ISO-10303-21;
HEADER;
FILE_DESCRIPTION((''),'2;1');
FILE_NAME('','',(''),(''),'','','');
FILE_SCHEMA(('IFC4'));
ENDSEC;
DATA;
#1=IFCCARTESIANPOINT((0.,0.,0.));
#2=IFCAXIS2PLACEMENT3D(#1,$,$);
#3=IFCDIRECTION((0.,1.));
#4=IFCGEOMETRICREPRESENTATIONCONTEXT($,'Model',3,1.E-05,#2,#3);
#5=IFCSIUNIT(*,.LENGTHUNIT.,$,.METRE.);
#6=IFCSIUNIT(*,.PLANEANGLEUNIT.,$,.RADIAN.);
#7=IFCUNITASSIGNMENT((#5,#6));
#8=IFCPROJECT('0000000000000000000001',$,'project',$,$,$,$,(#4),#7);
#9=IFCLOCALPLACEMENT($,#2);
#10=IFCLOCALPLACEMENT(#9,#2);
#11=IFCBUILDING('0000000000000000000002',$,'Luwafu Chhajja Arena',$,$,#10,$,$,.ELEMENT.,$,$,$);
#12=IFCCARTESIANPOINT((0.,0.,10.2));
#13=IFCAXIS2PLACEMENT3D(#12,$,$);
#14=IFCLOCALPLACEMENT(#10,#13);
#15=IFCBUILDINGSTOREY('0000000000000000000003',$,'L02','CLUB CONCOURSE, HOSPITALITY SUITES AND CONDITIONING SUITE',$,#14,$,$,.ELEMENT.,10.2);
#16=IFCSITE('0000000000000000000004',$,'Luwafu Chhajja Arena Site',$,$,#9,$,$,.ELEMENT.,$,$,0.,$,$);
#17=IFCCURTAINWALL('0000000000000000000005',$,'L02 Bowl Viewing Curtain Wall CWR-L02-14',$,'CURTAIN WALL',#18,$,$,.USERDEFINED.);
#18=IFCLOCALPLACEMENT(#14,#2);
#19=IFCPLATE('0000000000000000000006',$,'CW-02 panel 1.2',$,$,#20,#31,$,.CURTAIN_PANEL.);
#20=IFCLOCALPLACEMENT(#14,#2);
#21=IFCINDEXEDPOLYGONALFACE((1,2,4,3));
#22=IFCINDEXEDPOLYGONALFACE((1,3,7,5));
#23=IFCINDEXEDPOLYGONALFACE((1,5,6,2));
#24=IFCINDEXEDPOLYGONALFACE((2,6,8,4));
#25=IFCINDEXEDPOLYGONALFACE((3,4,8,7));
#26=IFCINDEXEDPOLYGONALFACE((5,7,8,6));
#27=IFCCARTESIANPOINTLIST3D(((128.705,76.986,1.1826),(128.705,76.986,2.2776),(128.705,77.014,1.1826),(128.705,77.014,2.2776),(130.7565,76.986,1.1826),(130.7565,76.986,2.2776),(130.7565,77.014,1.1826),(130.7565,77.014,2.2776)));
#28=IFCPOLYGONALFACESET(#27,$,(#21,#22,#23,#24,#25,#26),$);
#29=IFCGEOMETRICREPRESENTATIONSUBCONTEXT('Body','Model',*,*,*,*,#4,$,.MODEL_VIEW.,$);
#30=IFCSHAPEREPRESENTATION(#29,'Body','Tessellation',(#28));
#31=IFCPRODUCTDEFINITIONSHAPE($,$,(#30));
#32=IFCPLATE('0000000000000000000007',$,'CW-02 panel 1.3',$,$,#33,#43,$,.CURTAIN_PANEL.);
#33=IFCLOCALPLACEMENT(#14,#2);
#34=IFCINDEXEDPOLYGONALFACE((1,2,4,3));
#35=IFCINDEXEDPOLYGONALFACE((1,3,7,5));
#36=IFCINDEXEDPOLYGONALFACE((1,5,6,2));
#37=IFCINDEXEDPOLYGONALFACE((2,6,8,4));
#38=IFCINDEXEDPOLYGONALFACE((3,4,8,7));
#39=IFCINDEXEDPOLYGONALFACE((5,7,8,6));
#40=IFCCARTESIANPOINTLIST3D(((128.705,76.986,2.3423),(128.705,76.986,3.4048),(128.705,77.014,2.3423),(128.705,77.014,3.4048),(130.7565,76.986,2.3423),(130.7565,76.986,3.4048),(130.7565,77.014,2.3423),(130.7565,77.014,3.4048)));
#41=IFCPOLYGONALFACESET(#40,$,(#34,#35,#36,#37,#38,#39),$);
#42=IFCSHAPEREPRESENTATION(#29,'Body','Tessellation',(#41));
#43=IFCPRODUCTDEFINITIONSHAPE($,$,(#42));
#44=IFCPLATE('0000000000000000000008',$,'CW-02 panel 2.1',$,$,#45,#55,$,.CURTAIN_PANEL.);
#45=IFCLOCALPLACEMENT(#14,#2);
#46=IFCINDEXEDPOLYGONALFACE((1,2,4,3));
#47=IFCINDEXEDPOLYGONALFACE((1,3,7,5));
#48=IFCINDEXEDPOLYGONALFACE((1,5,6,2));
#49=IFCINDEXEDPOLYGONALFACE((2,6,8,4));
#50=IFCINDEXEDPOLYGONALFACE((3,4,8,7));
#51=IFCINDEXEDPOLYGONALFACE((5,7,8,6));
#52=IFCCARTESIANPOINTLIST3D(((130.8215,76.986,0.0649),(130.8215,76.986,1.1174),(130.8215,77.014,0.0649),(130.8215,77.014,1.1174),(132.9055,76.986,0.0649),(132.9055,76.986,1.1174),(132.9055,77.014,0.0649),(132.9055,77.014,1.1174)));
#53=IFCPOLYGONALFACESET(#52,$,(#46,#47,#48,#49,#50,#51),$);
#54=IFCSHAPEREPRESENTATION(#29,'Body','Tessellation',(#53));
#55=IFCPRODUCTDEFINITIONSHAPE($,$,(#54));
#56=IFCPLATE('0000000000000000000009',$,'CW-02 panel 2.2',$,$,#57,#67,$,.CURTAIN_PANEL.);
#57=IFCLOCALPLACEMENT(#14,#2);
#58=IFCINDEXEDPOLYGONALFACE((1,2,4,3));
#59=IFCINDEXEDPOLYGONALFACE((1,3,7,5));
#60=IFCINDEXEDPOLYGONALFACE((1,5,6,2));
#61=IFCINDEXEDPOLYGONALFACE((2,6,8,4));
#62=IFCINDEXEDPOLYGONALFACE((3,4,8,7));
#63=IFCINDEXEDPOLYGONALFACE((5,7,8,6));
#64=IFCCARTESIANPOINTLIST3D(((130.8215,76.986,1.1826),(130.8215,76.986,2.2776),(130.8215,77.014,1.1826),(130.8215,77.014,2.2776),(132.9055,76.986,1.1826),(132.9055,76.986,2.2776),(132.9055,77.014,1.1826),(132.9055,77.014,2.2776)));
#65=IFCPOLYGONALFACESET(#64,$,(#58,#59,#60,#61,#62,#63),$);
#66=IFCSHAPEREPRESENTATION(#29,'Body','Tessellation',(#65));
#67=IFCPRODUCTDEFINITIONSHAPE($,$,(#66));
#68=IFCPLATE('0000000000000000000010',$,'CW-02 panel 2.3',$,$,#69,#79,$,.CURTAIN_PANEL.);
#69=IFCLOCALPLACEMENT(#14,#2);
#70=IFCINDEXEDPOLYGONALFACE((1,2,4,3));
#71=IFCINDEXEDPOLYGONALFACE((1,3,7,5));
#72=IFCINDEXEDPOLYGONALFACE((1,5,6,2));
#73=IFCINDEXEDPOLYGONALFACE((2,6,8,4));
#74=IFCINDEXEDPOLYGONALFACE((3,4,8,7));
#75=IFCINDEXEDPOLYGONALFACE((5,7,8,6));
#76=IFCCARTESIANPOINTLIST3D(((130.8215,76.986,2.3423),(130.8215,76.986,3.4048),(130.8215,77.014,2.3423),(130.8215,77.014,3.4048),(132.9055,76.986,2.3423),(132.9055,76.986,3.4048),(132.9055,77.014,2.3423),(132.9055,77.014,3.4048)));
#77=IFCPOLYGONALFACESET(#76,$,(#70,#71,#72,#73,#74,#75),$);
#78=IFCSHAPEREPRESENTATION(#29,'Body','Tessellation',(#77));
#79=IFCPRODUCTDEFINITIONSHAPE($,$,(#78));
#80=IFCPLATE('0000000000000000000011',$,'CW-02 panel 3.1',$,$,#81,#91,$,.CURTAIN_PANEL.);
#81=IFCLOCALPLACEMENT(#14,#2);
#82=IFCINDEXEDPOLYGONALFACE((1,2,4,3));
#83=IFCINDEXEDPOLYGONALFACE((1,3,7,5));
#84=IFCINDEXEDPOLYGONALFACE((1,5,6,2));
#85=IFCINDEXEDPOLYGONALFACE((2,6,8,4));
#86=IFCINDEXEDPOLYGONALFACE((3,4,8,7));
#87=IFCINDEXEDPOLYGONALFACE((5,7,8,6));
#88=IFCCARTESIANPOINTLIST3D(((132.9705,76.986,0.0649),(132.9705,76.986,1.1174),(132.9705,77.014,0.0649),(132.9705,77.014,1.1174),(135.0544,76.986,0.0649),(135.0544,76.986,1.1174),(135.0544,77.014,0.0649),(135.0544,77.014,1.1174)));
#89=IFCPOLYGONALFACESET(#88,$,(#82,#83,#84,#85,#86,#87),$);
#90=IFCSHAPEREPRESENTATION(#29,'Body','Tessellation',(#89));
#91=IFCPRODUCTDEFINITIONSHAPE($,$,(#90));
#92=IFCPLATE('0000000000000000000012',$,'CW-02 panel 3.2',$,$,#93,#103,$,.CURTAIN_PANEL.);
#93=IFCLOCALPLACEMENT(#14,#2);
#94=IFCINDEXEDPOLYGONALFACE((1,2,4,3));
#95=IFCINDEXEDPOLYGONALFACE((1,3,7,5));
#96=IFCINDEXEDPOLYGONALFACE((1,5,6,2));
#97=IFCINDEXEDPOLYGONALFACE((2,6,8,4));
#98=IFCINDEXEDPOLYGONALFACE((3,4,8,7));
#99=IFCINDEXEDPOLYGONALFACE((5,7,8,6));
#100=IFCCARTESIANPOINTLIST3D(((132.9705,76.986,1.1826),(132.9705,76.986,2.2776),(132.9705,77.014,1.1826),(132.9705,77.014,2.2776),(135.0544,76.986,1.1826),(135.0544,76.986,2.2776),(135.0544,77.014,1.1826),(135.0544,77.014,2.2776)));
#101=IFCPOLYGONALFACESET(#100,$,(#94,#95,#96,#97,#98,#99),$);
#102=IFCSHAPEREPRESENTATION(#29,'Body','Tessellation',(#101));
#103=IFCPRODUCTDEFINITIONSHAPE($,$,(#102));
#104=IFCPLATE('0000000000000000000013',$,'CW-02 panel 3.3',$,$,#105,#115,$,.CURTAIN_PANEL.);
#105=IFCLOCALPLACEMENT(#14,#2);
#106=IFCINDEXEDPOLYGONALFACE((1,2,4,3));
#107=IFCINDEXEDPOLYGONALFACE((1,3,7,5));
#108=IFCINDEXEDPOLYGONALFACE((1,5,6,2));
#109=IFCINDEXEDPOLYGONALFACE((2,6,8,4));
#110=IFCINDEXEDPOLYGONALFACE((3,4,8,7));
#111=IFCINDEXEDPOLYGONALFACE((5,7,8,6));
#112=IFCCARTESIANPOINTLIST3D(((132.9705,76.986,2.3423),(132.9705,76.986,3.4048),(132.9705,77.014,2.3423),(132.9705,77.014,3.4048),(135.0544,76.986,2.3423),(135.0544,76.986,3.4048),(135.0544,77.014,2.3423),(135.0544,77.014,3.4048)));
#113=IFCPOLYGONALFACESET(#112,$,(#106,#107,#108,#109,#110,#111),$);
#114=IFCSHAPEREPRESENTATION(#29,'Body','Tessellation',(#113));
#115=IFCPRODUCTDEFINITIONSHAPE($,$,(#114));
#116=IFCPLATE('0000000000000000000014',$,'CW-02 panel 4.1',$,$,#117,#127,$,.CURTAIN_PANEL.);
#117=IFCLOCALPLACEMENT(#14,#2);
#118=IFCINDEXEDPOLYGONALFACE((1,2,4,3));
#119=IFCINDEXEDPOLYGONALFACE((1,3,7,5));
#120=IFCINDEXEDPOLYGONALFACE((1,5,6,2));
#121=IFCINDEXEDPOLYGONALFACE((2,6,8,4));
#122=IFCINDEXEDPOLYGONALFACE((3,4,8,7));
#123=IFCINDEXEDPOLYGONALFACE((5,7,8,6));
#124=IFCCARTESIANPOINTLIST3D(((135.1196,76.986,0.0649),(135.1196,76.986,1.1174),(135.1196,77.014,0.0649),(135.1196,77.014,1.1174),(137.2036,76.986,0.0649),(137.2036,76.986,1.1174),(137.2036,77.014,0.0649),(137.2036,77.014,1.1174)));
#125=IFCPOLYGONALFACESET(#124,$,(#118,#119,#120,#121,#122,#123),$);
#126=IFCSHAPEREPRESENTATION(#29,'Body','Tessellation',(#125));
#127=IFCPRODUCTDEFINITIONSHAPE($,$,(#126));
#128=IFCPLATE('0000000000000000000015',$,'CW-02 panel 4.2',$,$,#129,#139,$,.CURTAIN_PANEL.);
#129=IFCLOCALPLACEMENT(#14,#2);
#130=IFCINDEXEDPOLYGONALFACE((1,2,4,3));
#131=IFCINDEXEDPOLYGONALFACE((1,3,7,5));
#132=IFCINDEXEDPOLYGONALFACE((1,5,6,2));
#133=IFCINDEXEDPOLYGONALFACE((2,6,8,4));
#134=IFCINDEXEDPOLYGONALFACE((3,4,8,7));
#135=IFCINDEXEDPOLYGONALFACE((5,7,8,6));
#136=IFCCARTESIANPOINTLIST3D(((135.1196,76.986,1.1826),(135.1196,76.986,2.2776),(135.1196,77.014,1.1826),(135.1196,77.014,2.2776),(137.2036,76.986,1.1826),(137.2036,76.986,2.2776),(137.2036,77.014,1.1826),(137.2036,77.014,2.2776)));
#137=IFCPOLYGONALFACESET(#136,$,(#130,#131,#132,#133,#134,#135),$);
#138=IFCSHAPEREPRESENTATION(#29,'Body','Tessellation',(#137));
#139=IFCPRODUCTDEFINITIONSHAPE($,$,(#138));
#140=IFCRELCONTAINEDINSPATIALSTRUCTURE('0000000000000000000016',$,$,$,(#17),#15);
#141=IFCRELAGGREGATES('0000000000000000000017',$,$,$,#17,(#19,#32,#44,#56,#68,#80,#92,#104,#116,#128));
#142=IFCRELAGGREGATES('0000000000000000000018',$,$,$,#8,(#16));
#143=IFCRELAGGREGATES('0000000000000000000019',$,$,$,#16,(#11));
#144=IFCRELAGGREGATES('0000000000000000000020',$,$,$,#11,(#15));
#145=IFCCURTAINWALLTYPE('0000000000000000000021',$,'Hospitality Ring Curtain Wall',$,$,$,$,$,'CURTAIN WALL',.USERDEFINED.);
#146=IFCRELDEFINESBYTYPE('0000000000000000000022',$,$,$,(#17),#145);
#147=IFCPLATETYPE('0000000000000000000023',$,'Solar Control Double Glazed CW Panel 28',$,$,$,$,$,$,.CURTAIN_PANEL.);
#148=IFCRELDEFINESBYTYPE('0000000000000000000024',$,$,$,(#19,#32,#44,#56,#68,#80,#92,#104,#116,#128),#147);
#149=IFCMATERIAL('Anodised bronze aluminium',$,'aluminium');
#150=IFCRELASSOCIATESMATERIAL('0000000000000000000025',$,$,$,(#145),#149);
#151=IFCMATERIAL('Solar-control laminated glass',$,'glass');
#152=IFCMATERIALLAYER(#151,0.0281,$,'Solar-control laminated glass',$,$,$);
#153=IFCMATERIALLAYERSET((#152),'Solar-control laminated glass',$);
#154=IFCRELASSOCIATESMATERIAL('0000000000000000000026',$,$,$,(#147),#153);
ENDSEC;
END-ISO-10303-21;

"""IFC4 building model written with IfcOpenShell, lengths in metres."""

from ifc_helpers import new_model, si_unit, direction, frame, origin, origin_2d, place, context, subcontext, project, spatial, rectangle, extrude, material, layer, layer_set, type_object, element, aggregate, save


model = new_model("IFC4")

# Units and contexts
model_context = context("Model", 3, precision=1e-05, world=origin(), true_north=direction((0.0, 1.0)))
body_context = subcontext(model_context, "Body", "Model", "MODEL_VIEW")
ifc_project = project(units=[si_unit("LENGTHUNIT", "METRE"), si_unit("PLANEANGLEUNIT", "RADIAN")], contexts=[model_context])

# Site, building, storey
site_placement = place(None, origin())
site = spatial("IfcSite", under=ifc_project, at=site_placement, Name="Luwafu Chhajja Arena Site", CompositionType="ELEMENT", RefElevation=0.0)
building_placement = place(site_placement, origin())
building = spatial("IfcBuilding", under=site, at=building_placement, Name="Luwafu Chhajja Arena", CompositionType="ELEMENT")
storey_placement = place(building_placement, frame((0.0, 0.0, 10.2)))
storey = spatial("IfcBuildingStorey", under=building, at=storey_placement, Name="L02", Description="CLUB CONCOURSE, HOSPITALITY SUITES AND CONDITIONING SUITE", CompositionType="ELEMENT", Elevation=10.2)

# Curtain wall, plates
ifc_material_1 = material(Name="Anodised bronze aluminium", Category="aluminium")
curtain_wall_type = type_object("IfcCurtainWallType", Name="Hospitality Ring Curtain Wall", ElementType="CURTAIN WALL", PredefinedType="USERDEFINED", material=ifc_material_1)
curtain_wall_placement = place(storey_placement, origin())
curtain_wall = element("IfcCurtainWall", 1, at=curtain_wall_placement, inside=storey, type_object=curtain_wall_type, Name="L02 Bowl Viewing Curtain Wall CWR-L02-14", ObjectType="CURTAIN WALL", PredefinedType="USERDEFINED")
ifc_material_2 = material(Name="Solar-control laminated glass", Category="glass")
ifc_layer = layer(ifc_material_2, 0.0281, Name="Solar-control laminated glass")
ifc_layer_set = layer_set([ifc_layer], Name="Solar-control laminated glass")
plate_type = type_object("IfcPlateType", Name="Solar Control Double Glazed CW Panel 28", PredefinedType="CURTAIN_PANEL", material=ifc_layer_set)
plate_1_placement = place(storey_placement, frame((129.7307, 77.0, 1.1826), z_axis=(0.0, 0.0, 1.0), x_axis=(1.0, 0.0, 0.0)))
plate_1 = element("IfcPlate", 2, at=plate_1_placement, type_object=plate_type, Name="CW-02 panel 1.2", PredefinedType="CURTAIN_PANEL", context=body_context, shape_type="SweptSolid", body=[
    extrude(rectangle(XDim=2.0515, YDim=0.0281, at=origin_2d()), origin(), (0.0, 0.0, 1.0), 1.095),
])
plate_2_placement = place(storey_placement, frame((129.7307, 77.0, 2.3423), z_axis=(0.0, 0.0, 1.0), x_axis=(1.0, 0.0, 0.0)))
plate_2 = element("IfcPlate", 3, at=plate_2_placement, type_object=plate_type, Name="CW-02 panel 1.3", PredefinedType="CURTAIN_PANEL", context=body_context, shape_type="SweptSolid", body=[
    extrude(rectangle(XDim=2.0515, YDim=0.0281, at=origin_2d()), origin(), (0.0, 0.0, 1.0), 1.0625),
])
plate_3_placement = place(storey_placement, frame((131.8635, 77.0, 0.0649), z_axis=(0.0, 0.0, 1.0), x_axis=(1.0, 0.0, 0.0)))
plate_3 = element("IfcPlate", 4, at=plate_3_placement, type_object=plate_type, Name="CW-02 panel 2.1", PredefinedType="CURTAIN_PANEL", context=body_context, shape_type="SweptSolid", body=[
    extrude(rectangle(XDim=2.084, YDim=0.0281, at=origin_2d()), origin(), (0.0, 0.0, 1.0), 1.0525),
])
plate_4_placement = place(storey_placement, frame((131.8635, 77.0, 1.1826), z_axis=(0.0, 0.0, 1.0), x_axis=(1.0, 0.0, 0.0)))
plate_4 = element("IfcPlate", 5, at=plate_4_placement, type_object=plate_type, Name="CW-02 panel 2.2", PredefinedType="CURTAIN_PANEL", context=body_context, shape_type="SweptSolid", body=[
    extrude(rectangle(XDim=2.084, YDim=0.0281, at=origin_2d()), origin(), (0.0, 0.0, 1.0), 1.095),
])
plate_5_placement = place(storey_placement, frame((131.8635, 77.0, 2.3423), z_axis=(0.0, 0.0, 1.0), x_axis=(1.0, 0.0, 0.0)))
plate_5 = element("IfcPlate", 6, at=plate_5_placement, type_object=plate_type, Name="CW-02 panel 2.3", PredefinedType="CURTAIN_PANEL", context=body_context, shape_type="SweptSolid", body=[
    extrude(rectangle(XDim=2.084, YDim=0.0281, at=origin_2d()), origin(), (0.0, 0.0, 1.0), 1.0625),
])
plate_6_placement = place(storey_placement, frame((134.0125, 77.0, 0.0649), z_axis=(0.0, 0.0, 1.0), x_axis=(1.0, 0.0, 0.0)))
plate_6 = element("IfcPlate", 7, at=plate_6_placement, type_object=plate_type, Name="CW-02 panel 3.1", PredefinedType="CURTAIN_PANEL", context=body_context, shape_type="SweptSolid", body=[
    extrude(rectangle(XDim=2.084, YDim=0.0281, at=origin_2d()), origin(), (0.0, 0.0, 1.0), 1.0525),
])
plate_7_placement = place(storey_placement, frame((134.0125, 77.0, 1.1826), z_axis=(0.0, 0.0, 1.0), x_axis=(1.0, 0.0, 0.0)))
plate_7 = element("IfcPlate", 8, at=plate_7_placement, type_object=plate_type, Name="CW-02 panel 3.2", PredefinedType="CURTAIN_PANEL", context=body_context, shape_type="SweptSolid", body=[
    extrude(rectangle(XDim=2.084, YDim=0.0281, at=origin_2d()), origin(), (0.0, 0.0, 1.0), 1.095),
])
plate_8_placement = place(storey_placement, frame((134.0125, 77.0, 2.3423), z_axis=(0.0, 0.0, 1.0), x_axis=(1.0, 0.0, 0.0)))
plate_8 = element("IfcPlate", 9, at=plate_8_placement, type_object=plate_type, Name="CW-02 panel 3.3", PredefinedType="CURTAIN_PANEL", context=body_context, shape_type="SweptSolid", body=[
    extrude(rectangle(XDim=2.084, YDim=0.0281, at=origin_2d()), origin(), (0.0, 0.0, 1.0), 1.0625),
])
plate_9_placement = place(storey_placement, frame((136.1616, 77.0, 0.0649), z_axis=(0.0, 0.0, 1.0), x_axis=(1.0, 0.0, 0.0)))
plate_9 = element("IfcPlate", 10, at=plate_9_placement, type_object=plate_type, Name="CW-02 panel 4.1", PredefinedType="CURTAIN_PANEL", context=body_context, shape_type="SweptSolid", body=[
    extrude(rectangle(XDim=2.084, YDim=0.0281, at=origin_2d()), origin(), (0.0, 0.0, 1.0), 1.0525),
])
plate_10_placement = place(storey_placement, frame((136.1616, 77.0, 1.1826), z_axis=(0.0, 0.0, 1.0), x_axis=(1.0, 0.0, 0.0)))
plate_10 = element("IfcPlate", 11, at=plate_10_placement, type_object=plate_type, Name="CW-02 panel 4.2", PredefinedType="CURTAIN_PANEL", context=body_context, shape_type="SweptSolid", body=[
    extrude(rectangle(XDim=2.084, YDim=0.0281, at=origin_2d()), origin(), (0.0, 0.0, 1.0), 1.095),
])
aggregate(curtain_wall, [plate_1, plate_2, plate_3, plate_4, plate_5, plate_6, plate_7, plate_8, plate_9, plate_10])

save(model, "model.ifc")
